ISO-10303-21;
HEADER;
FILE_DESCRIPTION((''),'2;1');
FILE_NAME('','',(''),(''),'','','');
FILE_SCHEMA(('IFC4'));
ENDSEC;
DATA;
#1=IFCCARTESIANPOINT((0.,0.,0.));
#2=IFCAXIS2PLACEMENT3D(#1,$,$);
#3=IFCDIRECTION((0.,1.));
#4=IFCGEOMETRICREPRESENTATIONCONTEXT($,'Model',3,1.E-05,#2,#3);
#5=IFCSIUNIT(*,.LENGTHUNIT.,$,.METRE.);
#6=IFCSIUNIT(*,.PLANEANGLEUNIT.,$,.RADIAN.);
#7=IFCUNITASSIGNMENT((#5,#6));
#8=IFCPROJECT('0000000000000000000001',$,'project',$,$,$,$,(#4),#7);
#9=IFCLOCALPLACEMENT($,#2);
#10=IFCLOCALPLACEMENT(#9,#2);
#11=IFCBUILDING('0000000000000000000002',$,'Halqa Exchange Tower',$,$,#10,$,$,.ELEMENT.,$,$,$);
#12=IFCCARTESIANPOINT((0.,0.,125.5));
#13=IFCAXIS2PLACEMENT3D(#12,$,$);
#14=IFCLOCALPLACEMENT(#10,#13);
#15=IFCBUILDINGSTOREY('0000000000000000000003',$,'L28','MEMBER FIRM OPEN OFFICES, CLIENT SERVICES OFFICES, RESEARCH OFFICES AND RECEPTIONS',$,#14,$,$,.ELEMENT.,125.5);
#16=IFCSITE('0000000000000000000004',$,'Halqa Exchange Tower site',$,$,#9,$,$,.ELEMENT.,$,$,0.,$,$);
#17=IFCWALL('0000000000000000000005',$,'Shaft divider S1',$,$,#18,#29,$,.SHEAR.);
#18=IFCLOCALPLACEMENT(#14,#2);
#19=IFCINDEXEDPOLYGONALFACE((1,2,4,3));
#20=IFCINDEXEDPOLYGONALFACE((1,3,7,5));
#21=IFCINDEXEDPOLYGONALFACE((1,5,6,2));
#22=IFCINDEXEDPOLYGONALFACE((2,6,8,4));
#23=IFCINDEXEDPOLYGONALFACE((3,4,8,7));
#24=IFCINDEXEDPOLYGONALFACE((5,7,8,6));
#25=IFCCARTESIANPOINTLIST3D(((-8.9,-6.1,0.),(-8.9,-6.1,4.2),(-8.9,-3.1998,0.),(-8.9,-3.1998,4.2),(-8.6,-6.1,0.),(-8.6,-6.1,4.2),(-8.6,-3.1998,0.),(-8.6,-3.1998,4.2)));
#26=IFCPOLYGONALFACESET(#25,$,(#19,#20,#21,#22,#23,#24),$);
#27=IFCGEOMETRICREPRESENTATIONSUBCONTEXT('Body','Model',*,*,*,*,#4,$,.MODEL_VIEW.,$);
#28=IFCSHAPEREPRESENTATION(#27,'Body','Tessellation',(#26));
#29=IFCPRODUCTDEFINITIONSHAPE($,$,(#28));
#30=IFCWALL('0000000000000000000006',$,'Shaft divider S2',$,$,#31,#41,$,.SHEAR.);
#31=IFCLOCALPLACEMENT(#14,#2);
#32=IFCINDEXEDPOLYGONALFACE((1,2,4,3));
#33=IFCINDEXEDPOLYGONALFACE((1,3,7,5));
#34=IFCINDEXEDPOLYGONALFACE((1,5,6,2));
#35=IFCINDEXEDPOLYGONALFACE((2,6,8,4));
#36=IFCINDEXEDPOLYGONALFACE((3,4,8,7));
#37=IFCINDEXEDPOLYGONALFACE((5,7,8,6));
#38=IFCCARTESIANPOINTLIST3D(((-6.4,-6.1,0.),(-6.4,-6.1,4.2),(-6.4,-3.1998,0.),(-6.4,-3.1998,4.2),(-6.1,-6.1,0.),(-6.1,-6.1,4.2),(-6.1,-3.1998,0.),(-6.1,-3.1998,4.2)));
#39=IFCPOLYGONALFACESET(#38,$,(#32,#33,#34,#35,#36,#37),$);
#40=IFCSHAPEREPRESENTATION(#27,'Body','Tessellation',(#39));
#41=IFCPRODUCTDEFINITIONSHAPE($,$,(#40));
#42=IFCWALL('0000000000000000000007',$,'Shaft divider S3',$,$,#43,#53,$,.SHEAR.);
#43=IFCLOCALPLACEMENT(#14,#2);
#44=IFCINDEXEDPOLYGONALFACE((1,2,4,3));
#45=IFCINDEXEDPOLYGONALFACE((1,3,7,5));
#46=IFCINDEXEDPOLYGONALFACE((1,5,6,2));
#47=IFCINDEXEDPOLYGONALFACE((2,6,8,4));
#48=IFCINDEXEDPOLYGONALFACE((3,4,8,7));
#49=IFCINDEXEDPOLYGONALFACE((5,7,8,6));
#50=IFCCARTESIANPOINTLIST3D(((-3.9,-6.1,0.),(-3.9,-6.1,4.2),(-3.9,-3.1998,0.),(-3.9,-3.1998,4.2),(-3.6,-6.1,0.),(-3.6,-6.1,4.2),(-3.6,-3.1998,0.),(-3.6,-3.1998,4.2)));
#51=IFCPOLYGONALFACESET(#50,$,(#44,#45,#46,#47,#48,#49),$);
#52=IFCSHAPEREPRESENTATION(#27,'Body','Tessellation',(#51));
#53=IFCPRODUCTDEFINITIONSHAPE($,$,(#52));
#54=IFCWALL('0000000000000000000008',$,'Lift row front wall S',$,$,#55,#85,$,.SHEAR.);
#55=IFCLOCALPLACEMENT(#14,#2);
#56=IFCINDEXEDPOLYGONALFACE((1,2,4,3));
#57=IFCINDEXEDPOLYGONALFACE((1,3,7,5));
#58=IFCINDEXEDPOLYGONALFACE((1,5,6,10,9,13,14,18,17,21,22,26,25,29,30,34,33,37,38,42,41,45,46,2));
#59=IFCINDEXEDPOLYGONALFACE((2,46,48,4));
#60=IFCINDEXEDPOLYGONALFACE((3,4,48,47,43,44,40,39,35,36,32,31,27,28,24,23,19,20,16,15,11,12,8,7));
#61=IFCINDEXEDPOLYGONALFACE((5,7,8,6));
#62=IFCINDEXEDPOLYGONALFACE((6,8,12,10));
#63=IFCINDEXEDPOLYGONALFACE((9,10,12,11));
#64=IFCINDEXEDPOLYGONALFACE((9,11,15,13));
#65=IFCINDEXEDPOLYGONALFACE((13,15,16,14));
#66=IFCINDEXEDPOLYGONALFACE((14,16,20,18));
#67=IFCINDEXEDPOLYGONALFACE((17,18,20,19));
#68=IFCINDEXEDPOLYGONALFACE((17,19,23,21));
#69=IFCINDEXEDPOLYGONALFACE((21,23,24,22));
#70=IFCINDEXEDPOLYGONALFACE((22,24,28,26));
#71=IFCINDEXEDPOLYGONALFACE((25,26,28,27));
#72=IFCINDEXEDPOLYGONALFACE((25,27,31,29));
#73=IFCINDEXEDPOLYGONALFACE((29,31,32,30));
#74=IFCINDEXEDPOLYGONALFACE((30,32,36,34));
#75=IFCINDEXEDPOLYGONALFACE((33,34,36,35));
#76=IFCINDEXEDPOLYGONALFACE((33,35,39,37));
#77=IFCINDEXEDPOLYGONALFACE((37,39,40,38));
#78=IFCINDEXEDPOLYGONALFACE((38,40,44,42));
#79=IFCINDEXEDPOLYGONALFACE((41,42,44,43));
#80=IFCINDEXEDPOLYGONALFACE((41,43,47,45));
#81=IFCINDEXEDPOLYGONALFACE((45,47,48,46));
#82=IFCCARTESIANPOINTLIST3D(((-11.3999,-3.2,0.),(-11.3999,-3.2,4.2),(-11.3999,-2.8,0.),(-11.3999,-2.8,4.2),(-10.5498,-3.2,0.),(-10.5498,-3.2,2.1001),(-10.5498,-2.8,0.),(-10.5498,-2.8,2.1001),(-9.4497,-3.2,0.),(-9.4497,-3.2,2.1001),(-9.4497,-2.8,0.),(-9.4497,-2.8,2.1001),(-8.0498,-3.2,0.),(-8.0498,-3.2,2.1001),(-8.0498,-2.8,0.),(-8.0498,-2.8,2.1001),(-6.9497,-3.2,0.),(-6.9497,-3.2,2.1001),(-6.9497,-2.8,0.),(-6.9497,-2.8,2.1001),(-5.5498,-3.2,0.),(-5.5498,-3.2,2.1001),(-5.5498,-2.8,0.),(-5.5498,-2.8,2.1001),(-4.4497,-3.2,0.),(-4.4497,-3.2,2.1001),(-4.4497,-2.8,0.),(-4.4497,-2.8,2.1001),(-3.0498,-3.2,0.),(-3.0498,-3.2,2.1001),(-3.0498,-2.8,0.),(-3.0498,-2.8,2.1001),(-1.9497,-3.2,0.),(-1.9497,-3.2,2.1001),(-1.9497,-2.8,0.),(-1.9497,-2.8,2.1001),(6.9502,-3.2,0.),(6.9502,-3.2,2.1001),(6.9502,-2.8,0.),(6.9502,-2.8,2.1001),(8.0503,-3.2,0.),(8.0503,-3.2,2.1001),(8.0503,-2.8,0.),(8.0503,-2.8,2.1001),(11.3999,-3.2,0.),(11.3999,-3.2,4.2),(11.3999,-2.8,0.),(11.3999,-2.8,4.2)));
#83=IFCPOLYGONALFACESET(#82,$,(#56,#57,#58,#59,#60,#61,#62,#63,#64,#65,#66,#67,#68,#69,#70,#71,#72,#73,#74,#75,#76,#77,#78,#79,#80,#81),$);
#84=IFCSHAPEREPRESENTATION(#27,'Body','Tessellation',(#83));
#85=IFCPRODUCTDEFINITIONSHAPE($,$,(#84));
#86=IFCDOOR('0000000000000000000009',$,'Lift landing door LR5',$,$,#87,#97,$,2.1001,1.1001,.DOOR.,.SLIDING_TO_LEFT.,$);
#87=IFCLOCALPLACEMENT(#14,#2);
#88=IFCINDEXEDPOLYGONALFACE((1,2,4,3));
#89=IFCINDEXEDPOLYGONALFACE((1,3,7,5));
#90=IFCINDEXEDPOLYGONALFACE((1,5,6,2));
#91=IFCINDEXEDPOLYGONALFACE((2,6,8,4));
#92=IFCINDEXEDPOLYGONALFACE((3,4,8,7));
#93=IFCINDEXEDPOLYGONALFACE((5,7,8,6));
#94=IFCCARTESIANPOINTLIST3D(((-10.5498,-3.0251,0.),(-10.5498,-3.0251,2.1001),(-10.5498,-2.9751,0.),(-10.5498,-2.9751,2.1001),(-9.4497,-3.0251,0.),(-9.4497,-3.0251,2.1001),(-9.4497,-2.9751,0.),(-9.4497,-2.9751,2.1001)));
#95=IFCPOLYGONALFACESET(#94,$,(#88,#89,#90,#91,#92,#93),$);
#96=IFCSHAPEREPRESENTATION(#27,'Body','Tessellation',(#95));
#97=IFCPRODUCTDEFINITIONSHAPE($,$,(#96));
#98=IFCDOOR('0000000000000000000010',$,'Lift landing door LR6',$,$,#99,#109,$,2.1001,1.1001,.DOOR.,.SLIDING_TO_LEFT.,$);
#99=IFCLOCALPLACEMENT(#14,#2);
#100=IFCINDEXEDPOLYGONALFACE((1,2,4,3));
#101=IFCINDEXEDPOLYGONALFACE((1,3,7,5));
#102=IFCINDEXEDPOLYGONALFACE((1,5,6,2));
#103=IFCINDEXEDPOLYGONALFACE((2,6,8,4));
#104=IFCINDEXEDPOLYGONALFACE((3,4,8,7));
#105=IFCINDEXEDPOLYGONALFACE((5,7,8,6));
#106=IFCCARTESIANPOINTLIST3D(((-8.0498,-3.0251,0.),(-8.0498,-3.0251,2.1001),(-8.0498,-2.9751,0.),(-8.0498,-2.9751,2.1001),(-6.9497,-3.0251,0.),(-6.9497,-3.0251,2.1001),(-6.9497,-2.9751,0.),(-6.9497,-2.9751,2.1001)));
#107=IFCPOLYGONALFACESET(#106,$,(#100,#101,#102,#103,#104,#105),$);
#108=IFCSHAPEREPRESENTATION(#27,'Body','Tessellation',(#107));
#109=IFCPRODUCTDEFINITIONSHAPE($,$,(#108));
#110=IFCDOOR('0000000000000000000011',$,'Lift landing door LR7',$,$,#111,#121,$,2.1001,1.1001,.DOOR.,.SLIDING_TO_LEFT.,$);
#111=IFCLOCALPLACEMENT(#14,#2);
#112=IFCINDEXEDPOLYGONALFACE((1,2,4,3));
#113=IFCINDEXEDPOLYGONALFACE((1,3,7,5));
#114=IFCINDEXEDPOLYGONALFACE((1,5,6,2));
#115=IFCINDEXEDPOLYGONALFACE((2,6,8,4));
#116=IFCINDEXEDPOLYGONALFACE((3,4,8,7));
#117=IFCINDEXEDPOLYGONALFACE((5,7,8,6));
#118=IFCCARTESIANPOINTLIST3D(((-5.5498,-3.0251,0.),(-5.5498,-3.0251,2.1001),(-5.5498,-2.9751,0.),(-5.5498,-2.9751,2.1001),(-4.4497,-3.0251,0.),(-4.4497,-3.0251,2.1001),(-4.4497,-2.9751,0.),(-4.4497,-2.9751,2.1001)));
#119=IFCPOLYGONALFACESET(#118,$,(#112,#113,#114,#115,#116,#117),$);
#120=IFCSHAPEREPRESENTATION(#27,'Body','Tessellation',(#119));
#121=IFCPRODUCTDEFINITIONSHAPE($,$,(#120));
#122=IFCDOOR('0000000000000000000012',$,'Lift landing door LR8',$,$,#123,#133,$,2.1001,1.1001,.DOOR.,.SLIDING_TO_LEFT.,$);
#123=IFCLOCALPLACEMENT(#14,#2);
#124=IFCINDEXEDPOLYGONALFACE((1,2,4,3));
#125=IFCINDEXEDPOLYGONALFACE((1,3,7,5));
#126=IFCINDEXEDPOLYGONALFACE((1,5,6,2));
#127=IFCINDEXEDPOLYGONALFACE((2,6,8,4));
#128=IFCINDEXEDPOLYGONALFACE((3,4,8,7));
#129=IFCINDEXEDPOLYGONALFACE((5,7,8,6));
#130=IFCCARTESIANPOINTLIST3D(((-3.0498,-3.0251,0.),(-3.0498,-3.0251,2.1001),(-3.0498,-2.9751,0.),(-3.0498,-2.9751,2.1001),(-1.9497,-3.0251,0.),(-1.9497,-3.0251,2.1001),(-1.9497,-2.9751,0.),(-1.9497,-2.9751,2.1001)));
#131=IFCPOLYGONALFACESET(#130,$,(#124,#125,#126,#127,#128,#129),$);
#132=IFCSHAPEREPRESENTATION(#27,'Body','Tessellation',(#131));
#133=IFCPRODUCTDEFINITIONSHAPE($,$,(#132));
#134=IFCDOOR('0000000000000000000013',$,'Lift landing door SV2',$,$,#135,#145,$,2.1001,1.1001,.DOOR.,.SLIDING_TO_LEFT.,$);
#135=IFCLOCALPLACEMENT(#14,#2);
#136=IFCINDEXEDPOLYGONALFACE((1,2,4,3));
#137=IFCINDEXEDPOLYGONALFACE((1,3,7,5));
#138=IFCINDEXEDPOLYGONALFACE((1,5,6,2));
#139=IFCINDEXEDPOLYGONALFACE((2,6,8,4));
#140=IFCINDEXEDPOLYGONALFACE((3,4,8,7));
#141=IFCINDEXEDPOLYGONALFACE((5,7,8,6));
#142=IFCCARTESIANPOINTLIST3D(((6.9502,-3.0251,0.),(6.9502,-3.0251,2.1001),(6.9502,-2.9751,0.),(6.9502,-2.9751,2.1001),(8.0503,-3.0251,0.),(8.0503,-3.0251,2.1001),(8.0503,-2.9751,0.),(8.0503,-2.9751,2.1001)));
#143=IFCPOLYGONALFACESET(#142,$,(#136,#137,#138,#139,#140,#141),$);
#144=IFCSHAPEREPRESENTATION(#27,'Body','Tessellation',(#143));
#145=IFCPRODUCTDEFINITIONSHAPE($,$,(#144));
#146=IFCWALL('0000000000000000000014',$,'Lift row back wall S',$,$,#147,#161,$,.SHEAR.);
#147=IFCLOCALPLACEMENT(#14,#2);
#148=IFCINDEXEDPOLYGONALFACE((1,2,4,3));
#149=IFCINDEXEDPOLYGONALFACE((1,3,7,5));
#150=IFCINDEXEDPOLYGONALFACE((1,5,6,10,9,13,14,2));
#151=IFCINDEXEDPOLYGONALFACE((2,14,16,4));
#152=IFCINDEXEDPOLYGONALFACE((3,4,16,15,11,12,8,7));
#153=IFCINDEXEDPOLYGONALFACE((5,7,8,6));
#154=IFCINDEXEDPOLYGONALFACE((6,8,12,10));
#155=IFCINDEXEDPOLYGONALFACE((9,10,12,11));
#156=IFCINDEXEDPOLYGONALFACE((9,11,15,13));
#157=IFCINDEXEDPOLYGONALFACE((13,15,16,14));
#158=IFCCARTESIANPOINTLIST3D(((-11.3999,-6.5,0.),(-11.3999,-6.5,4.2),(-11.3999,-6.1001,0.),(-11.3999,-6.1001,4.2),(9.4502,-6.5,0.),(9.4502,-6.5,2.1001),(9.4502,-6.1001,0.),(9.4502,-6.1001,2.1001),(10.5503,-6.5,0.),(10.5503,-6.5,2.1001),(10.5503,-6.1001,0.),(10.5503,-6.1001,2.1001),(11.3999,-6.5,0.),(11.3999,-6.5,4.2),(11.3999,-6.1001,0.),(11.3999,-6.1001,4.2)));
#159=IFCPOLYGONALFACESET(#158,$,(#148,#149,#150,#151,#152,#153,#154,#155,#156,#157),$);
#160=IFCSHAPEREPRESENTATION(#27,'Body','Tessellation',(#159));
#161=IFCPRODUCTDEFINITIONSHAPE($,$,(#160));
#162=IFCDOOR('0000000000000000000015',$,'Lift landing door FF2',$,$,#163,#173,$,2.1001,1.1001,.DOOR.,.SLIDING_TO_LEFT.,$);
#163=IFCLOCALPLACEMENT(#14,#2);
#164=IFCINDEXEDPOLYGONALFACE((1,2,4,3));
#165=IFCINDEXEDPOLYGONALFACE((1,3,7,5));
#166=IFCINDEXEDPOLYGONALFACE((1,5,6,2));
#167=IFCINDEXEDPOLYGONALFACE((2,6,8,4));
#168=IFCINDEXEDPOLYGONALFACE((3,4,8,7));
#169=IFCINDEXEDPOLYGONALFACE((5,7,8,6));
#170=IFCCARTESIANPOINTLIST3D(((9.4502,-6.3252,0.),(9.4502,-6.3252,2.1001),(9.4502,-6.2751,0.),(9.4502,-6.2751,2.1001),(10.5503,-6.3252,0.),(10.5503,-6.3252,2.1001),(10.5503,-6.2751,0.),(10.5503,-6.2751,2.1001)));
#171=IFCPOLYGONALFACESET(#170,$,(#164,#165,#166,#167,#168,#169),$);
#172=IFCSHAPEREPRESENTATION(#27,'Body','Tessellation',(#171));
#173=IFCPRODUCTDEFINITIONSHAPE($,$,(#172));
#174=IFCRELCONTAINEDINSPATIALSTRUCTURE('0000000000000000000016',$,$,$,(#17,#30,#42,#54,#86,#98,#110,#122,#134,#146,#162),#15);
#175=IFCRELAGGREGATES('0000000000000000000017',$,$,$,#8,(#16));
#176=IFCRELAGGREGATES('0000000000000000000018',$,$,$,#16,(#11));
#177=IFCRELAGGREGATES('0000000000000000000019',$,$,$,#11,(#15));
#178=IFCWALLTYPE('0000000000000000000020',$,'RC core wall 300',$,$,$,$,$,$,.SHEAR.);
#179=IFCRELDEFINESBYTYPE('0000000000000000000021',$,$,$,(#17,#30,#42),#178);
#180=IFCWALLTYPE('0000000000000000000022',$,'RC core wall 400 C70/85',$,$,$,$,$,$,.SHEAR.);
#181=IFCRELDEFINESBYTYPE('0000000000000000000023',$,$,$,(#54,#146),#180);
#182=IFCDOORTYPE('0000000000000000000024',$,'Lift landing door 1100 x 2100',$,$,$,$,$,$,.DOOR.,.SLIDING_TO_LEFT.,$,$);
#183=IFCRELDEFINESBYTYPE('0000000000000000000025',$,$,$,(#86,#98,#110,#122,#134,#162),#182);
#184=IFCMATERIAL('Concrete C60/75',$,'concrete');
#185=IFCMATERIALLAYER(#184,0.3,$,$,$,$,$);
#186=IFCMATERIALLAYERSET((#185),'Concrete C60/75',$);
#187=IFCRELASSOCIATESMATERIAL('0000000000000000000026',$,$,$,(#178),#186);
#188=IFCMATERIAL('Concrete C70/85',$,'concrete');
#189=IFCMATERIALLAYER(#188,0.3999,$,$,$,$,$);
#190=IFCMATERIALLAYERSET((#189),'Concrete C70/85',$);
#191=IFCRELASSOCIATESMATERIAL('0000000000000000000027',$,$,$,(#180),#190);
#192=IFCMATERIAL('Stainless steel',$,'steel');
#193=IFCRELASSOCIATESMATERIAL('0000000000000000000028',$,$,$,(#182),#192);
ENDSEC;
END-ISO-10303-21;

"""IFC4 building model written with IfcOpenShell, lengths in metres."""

from ifc_helpers import new_model, si_unit, direction, frame, frame_2d, origin, place, context, subcontext, project, spatial, rectangle, extrude, material, layer, layer_set, type_object, element, fill, save


model = new_model("IFC4")

# Units and contexts
model_context = context("Model", 3, precision=1e-05, world=origin(), true_north=direction((0.0, 1.0)))
body_context = subcontext(model_context, "Body", "Model", "MODEL_VIEW")
ifc_project = project(units=[si_unit("LENGTHUNIT", "METRE"), si_unit("PLANEANGLEUNIT", "RADIAN")], contexts=[model_context])

# Site, building, storey
site_placement = place(None, origin())
site = spatial("IfcSite", under=ifc_project, at=site_placement, Name="Halqa Exchange Tower site", CompositionType="ELEMENT", RefElevation=0.0)
building_placement = place(site_placement, origin())
building = spatial("IfcBuilding", under=site, at=building_placement, Name="Halqa Exchange Tower", CompositionType="ELEMENT")
storey_placement = place(building_placement, frame((0.0, 0.0, 125.5)))
storey = spatial("IfcBuildingStorey", under=building, at=storey_placement, Name="L28", Description="MEMBER FIRM OPEN OFFICES, CLIENT SERVICES OFFICES, RESEARCH OFFICES AND RECEPTIONS", CompositionType="ELEMENT", Elevation=125.5)

# Walls
ifc_material_1 = material(Name="Concrete C60/75", Category="concrete")
ifc_layer_1 = layer(ifc_material_1, 0.3)
ifc_layer_set_1 = layer_set([ifc_layer_1], Name="Concrete C60/75")
wall_type_1 = type_object("IfcWallType", Name="RC core wall 300", PredefinedType="SHEAR", material=ifc_layer_set_1)
for number, where, z_axis, x_axis, name in (
    (1, (-8.75, -6.1001, 0.0), (0.0, 0.0, 1.0), (0.0, 1.0, 0.0), "Shaft divider S1"),
    (2, (-6.25, -6.1001, 0.0), (0.0, 0.0, 1.0), (0.0, 1.0, 0.0), "Shaft divider S2"),
    (3, (-3.75, -6.1001, 0.0), (0.0, 0.0, 1.0), (0.0, 1.0, 0.0), "Shaft divider S3"),
):
    element("IfcWall", number, at=place(storey_placement, frame(where, z_axis=z_axis, x_axis=x_axis)), inside=storey, type_object=wall_type_1, Name=name, PredefinedType="SHEAR", context=body_context, shape_type="SweptSolid", body=[
        extrude(rectangle(XDim=2.9001, YDim=0.3, at=frame_2d((1.4502, 0.0))), origin(), (0.0, 0.0, 1.0), 4.2),
    ])

# Wall, openings, doors
ifc_material_2 = material(Name="Concrete C70/85", Category="concrete")
ifc_layer_2 = layer(ifc_material_2, 0.3999)
ifc_layer_set_2 = layer_set([ifc_layer_2], Name="Concrete C70/85")
wall_type_2 = type_object("IfcWallType", Name="RC core wall 400 C70/85", PredefinedType="SHEAR", material=ifc_layer_set_2)
wall_1_placement = place(storey_placement, frame((-11.3999, -3.0, 0.0), z_axis=(0.0, 0.0, 1.0), x_axis=(1.0, 0.0, 0.0)))
wall_1 = element("IfcWall", 4, at=wall_1_placement, inside=storey, type_object=wall_type_2, Name="Lift row front wall S", PredefinedType="SHEAR", context=body_context, shape_type="SweptSolid", body=[
    extrude(rectangle(XDim=22.7998, YDim=0.3999, at=frame_2d((11.3999, 0.0))), origin(), (0.0, 0.0, 1.0), 4.2),
])
opening_1_placement = place(wall_1_placement, frame((0.8501, 0.0, 0.0)))
opening_1 = element("IfcOpeningElement", 5, at=opening_1_placement, cuts=wall_1, PredefinedType="OPENING", context=body_context, shape_type="SweptSolid", body=[
    extrude(rectangle(XDim=1.1001, YDim=2.1001, at=frame_2d((0.55, 1.05))), frame((0.0, 0.2119, 0.0), z_axis=(0.0, -1.0, 0.0), x_axis=(1.0, 0.0, 0.0)), (0.0, 0.0, 1.0), 0.4238),
])
opening_2_placement = place(wall_1_placement, frame((3.3501, 0.0, 0.0)))
opening_2 = element("IfcOpeningElement", 6, at=opening_2_placement, cuts=wall_1, PredefinedType="OPENING", context=body_context, shape_type="SweptSolid", body=[
    extrude(rectangle(XDim=1.1001, YDim=2.1001, at=frame_2d((0.55, 1.05))), frame((0.0, 0.2119, 0.0), z_axis=(0.0, -1.0, 0.0), x_axis=(1.0, 0.0, 0.0)), (0.0, 0.0, 1.0), 0.4238),
])
opening_3_placement = place(wall_1_placement, frame((5.8501, 0.0, 0.0)))
opening_3 = element("IfcOpeningElement", 7, at=opening_3_placement, cuts=wall_1, PredefinedType="OPENING", context=body_context, shape_type="SweptSolid", body=[
    extrude(rectangle(XDim=1.1001, YDim=2.1001, at=frame_2d((0.55, 1.05))), frame((0.0, 0.2119, 0.0), z_axis=(0.0, -1.0, 0.0), x_axis=(1.0, 0.0, 0.0)), (0.0, 0.0, 1.0), 0.4238),
])
opening_4_placement = place(wall_1_placement, frame((8.3501, 0.0, 0.0)))
opening_4 = element("IfcOpeningElement", 8, at=opening_4_placement, cuts=wall_1, PredefinedType="OPENING", context=body_context, shape_type="SweptSolid", body=[
    extrude(rectangle(XDim=1.1001, YDim=2.1001, at=frame_2d((0.55, 1.05))), frame((0.0, 0.2119, 0.0), z_axis=(0.0, -1.0, 0.0), x_axis=(1.0, 0.0, 0.0)), (0.0, 0.0, 1.0), 0.4238),
])
opening_5_placement = place(wall_1_placement, frame((18.3501, 0.0, 0.0)))
opening_5 = element("IfcOpeningElement", 9, at=opening_5_placement, cuts=wall_1, PredefinedType="OPENING", context=body_context, shape_type="SweptSolid", body=[
    extrude(rectangle(XDim=1.1001, YDim=2.1001, at=frame_2d((0.55, 1.05))), frame((0.0, 0.2119, 0.0), z_axis=(0.0, -1.0, 0.0), x_axis=(1.0, 0.0, 0.0)), (0.0, 0.0, 1.0), 0.4238),
])
ifc_material_3 = material(Name="Stainless steel", Category="steel")
door_type = type_object("IfcDoorType", Name="Lift landing door 1100 x 2100", OperationType="SLIDING_TO_LEFT", PredefinedType="DOOR", material=ifc_material_3)
door_1_placement = place(opening_1_placement, origin())
door_1 = element("IfcDoor", 10, at=door_1_placement, inside=storey, type_object=door_type, Name="Lift landing door LR5", OperationType="SLIDING_TO_LEFT", OverallHeight=2.1001, OverallWidth=1.1001, PredefinedType="DOOR", context=body_context, shape_type="SweptSolid", body=[
    extrude(rectangle(XDim=1.1001, YDim=2.1001, at=frame_2d((0.55, 1.05))), frame((0.0, 0.0249, 0.0), z_axis=(0.0, -1.0, 0.0), x_axis=(1.0, 0.0, 0.0)), (0.0, 0.0, 1.0), 0.05),
])
fill(opening_1, door_1)
door_2_placement = place(opening_2_placement, origin())
door_2 = element("IfcDoor", 11, at=door_2_placement, inside=storey, type_object=door_type, Name="Lift landing door LR6", OperationType="SLIDING_TO_LEFT", OverallHeight=2.1001, OverallWidth=1.1001, PredefinedType="DOOR", context=body_context, shape_type="SweptSolid", body=[
    extrude(rectangle(XDim=1.1001, YDim=2.1001, at=frame_2d((0.55, 1.05))), frame((0.0, 0.0249, 0.0), z_axis=(0.0, -1.0, 0.0), x_axis=(1.0, 0.0, 0.0)), (0.0, 0.0, 1.0), 0.05),
])
fill(opening_2, door_2)
door_3_placement = place(opening_3_placement, origin())
door_3 = element("IfcDoor", 12, at=door_3_placement, inside=storey, type_object=door_type, Name="Lift landing door LR7", OperationType="SLIDING_TO_LEFT", OverallHeight=2.1001, OverallWidth=1.1001, PredefinedType="DOOR", context=body_context, shape_type="SweptSolid", body=[
    extrude(rectangle(XDim=1.1001, YDim=2.1001, at=frame_2d((0.55, 1.05))), frame((0.0, 0.0249, 0.0), z_axis=(0.0, -1.0, 0.0), x_axis=(1.0, 0.0, 0.0)), (0.0, 0.0, 1.0), 0.05),
])
fill(opening_3, door_3)
door_4_placement = place(opening_4_placement, origin())
door_4 = element("IfcDoor", 13, at=door_4_placement, inside=storey, type_object=door_type, Name="Lift landing door LR8", OperationType="SLIDING_TO_LEFT", OverallHeight=2.1001, OverallWidth=1.1001, PredefinedType="DOOR", context=body_context, shape_type="SweptSolid", body=[
    extrude(rectangle(XDim=1.1001, YDim=2.1001, at=frame_2d((0.55, 1.05))), frame((0.0, 0.0249, 0.0), z_axis=(0.0, -1.0, 0.0), x_axis=(1.0, 0.0, 0.0)), (0.0, 0.0, 1.0), 0.05),
])
fill(opening_4, door_4)
door_5_placement = place(opening_5_placement, origin())
door_5 = element("IfcDoor", 14, at=door_5_placement, inside=storey, type_object=door_type, Name="Lift landing door SV2", OperationType="SLIDING_TO_LEFT", OverallHeight=2.1001, OverallWidth=1.1001, PredefinedType="DOOR", context=body_context, shape_type="SweptSolid", body=[
    extrude(rectangle(XDim=1.1001, YDim=2.1001, at=frame_2d((0.55, 1.05))), frame((0.0, 0.0249, 0.0), z_axis=(0.0, -1.0, 0.0), x_axis=(1.0, 0.0, 0.0)), (0.0, 0.0, 1.0), 0.05),
])
fill(opening_5, door_5)

# Wall, opening, door
wall_2_placement = place(storey_placement, frame((-11.3999, -6.3, 0.0), z_axis=(0.0, 0.0, 1.0), x_axis=(1.0, 0.0, 0.0)))
wall_2 = element("IfcWall", 15, at=wall_2_placement, inside=storey, type_object=wall_type_2, Name="Lift row back wall S", PredefinedType="SHEAR", context=body_context, shape_type="SweptSolid", body=[
    extrude(rectangle(XDim=22.7998, YDim=0.3999, at=frame_2d((11.3999, 0.0))), origin(), (0.0, 0.0, 1.0), 4.2),
])
opening_6_placement = place(wall_2_placement, frame((20.8501, 0.0, 0.0)))
opening_6 = element("IfcOpeningElement", 16, at=opening_6_placement, cuts=wall_2, PredefinedType="OPENING", context=body_context, shape_type="SweptSolid", body=[
    extrude(rectangle(XDim=1.1001, YDim=2.1001, at=frame_2d((0.55, 1.05))), frame((0.0, 0.2119, 0.0), z_axis=(0.0, -1.0, 0.0), x_axis=(1.0, 0.0, 0.0)), (0.0, 0.0, 1.0), 0.4238),
])
door_6_placement = place(opening_6_placement, origin())
door_6 = element("IfcDoor", 17, at=door_6_placement, inside=storey, type_object=door_type, Name="Lift landing door FF2", OperationType="SLIDING_TO_LEFT", OverallHeight=2.1001, OverallWidth=1.1001, PredefinedType="DOOR", context=body_context, shape_type="SweptSolid", body=[
    extrude(rectangle(XDim=1.1001, YDim=2.1001, at=frame_2d((0.55, 1.05))), frame((0.0, 0.0249, 0.0), z_axis=(0.0, -1.0, 0.0), x_axis=(1.0, 0.0, 0.0)), (0.0, 0.0, 1.0), 0.05),
])
fill(opening_6, door_6)

save(model, "model.ifc")
